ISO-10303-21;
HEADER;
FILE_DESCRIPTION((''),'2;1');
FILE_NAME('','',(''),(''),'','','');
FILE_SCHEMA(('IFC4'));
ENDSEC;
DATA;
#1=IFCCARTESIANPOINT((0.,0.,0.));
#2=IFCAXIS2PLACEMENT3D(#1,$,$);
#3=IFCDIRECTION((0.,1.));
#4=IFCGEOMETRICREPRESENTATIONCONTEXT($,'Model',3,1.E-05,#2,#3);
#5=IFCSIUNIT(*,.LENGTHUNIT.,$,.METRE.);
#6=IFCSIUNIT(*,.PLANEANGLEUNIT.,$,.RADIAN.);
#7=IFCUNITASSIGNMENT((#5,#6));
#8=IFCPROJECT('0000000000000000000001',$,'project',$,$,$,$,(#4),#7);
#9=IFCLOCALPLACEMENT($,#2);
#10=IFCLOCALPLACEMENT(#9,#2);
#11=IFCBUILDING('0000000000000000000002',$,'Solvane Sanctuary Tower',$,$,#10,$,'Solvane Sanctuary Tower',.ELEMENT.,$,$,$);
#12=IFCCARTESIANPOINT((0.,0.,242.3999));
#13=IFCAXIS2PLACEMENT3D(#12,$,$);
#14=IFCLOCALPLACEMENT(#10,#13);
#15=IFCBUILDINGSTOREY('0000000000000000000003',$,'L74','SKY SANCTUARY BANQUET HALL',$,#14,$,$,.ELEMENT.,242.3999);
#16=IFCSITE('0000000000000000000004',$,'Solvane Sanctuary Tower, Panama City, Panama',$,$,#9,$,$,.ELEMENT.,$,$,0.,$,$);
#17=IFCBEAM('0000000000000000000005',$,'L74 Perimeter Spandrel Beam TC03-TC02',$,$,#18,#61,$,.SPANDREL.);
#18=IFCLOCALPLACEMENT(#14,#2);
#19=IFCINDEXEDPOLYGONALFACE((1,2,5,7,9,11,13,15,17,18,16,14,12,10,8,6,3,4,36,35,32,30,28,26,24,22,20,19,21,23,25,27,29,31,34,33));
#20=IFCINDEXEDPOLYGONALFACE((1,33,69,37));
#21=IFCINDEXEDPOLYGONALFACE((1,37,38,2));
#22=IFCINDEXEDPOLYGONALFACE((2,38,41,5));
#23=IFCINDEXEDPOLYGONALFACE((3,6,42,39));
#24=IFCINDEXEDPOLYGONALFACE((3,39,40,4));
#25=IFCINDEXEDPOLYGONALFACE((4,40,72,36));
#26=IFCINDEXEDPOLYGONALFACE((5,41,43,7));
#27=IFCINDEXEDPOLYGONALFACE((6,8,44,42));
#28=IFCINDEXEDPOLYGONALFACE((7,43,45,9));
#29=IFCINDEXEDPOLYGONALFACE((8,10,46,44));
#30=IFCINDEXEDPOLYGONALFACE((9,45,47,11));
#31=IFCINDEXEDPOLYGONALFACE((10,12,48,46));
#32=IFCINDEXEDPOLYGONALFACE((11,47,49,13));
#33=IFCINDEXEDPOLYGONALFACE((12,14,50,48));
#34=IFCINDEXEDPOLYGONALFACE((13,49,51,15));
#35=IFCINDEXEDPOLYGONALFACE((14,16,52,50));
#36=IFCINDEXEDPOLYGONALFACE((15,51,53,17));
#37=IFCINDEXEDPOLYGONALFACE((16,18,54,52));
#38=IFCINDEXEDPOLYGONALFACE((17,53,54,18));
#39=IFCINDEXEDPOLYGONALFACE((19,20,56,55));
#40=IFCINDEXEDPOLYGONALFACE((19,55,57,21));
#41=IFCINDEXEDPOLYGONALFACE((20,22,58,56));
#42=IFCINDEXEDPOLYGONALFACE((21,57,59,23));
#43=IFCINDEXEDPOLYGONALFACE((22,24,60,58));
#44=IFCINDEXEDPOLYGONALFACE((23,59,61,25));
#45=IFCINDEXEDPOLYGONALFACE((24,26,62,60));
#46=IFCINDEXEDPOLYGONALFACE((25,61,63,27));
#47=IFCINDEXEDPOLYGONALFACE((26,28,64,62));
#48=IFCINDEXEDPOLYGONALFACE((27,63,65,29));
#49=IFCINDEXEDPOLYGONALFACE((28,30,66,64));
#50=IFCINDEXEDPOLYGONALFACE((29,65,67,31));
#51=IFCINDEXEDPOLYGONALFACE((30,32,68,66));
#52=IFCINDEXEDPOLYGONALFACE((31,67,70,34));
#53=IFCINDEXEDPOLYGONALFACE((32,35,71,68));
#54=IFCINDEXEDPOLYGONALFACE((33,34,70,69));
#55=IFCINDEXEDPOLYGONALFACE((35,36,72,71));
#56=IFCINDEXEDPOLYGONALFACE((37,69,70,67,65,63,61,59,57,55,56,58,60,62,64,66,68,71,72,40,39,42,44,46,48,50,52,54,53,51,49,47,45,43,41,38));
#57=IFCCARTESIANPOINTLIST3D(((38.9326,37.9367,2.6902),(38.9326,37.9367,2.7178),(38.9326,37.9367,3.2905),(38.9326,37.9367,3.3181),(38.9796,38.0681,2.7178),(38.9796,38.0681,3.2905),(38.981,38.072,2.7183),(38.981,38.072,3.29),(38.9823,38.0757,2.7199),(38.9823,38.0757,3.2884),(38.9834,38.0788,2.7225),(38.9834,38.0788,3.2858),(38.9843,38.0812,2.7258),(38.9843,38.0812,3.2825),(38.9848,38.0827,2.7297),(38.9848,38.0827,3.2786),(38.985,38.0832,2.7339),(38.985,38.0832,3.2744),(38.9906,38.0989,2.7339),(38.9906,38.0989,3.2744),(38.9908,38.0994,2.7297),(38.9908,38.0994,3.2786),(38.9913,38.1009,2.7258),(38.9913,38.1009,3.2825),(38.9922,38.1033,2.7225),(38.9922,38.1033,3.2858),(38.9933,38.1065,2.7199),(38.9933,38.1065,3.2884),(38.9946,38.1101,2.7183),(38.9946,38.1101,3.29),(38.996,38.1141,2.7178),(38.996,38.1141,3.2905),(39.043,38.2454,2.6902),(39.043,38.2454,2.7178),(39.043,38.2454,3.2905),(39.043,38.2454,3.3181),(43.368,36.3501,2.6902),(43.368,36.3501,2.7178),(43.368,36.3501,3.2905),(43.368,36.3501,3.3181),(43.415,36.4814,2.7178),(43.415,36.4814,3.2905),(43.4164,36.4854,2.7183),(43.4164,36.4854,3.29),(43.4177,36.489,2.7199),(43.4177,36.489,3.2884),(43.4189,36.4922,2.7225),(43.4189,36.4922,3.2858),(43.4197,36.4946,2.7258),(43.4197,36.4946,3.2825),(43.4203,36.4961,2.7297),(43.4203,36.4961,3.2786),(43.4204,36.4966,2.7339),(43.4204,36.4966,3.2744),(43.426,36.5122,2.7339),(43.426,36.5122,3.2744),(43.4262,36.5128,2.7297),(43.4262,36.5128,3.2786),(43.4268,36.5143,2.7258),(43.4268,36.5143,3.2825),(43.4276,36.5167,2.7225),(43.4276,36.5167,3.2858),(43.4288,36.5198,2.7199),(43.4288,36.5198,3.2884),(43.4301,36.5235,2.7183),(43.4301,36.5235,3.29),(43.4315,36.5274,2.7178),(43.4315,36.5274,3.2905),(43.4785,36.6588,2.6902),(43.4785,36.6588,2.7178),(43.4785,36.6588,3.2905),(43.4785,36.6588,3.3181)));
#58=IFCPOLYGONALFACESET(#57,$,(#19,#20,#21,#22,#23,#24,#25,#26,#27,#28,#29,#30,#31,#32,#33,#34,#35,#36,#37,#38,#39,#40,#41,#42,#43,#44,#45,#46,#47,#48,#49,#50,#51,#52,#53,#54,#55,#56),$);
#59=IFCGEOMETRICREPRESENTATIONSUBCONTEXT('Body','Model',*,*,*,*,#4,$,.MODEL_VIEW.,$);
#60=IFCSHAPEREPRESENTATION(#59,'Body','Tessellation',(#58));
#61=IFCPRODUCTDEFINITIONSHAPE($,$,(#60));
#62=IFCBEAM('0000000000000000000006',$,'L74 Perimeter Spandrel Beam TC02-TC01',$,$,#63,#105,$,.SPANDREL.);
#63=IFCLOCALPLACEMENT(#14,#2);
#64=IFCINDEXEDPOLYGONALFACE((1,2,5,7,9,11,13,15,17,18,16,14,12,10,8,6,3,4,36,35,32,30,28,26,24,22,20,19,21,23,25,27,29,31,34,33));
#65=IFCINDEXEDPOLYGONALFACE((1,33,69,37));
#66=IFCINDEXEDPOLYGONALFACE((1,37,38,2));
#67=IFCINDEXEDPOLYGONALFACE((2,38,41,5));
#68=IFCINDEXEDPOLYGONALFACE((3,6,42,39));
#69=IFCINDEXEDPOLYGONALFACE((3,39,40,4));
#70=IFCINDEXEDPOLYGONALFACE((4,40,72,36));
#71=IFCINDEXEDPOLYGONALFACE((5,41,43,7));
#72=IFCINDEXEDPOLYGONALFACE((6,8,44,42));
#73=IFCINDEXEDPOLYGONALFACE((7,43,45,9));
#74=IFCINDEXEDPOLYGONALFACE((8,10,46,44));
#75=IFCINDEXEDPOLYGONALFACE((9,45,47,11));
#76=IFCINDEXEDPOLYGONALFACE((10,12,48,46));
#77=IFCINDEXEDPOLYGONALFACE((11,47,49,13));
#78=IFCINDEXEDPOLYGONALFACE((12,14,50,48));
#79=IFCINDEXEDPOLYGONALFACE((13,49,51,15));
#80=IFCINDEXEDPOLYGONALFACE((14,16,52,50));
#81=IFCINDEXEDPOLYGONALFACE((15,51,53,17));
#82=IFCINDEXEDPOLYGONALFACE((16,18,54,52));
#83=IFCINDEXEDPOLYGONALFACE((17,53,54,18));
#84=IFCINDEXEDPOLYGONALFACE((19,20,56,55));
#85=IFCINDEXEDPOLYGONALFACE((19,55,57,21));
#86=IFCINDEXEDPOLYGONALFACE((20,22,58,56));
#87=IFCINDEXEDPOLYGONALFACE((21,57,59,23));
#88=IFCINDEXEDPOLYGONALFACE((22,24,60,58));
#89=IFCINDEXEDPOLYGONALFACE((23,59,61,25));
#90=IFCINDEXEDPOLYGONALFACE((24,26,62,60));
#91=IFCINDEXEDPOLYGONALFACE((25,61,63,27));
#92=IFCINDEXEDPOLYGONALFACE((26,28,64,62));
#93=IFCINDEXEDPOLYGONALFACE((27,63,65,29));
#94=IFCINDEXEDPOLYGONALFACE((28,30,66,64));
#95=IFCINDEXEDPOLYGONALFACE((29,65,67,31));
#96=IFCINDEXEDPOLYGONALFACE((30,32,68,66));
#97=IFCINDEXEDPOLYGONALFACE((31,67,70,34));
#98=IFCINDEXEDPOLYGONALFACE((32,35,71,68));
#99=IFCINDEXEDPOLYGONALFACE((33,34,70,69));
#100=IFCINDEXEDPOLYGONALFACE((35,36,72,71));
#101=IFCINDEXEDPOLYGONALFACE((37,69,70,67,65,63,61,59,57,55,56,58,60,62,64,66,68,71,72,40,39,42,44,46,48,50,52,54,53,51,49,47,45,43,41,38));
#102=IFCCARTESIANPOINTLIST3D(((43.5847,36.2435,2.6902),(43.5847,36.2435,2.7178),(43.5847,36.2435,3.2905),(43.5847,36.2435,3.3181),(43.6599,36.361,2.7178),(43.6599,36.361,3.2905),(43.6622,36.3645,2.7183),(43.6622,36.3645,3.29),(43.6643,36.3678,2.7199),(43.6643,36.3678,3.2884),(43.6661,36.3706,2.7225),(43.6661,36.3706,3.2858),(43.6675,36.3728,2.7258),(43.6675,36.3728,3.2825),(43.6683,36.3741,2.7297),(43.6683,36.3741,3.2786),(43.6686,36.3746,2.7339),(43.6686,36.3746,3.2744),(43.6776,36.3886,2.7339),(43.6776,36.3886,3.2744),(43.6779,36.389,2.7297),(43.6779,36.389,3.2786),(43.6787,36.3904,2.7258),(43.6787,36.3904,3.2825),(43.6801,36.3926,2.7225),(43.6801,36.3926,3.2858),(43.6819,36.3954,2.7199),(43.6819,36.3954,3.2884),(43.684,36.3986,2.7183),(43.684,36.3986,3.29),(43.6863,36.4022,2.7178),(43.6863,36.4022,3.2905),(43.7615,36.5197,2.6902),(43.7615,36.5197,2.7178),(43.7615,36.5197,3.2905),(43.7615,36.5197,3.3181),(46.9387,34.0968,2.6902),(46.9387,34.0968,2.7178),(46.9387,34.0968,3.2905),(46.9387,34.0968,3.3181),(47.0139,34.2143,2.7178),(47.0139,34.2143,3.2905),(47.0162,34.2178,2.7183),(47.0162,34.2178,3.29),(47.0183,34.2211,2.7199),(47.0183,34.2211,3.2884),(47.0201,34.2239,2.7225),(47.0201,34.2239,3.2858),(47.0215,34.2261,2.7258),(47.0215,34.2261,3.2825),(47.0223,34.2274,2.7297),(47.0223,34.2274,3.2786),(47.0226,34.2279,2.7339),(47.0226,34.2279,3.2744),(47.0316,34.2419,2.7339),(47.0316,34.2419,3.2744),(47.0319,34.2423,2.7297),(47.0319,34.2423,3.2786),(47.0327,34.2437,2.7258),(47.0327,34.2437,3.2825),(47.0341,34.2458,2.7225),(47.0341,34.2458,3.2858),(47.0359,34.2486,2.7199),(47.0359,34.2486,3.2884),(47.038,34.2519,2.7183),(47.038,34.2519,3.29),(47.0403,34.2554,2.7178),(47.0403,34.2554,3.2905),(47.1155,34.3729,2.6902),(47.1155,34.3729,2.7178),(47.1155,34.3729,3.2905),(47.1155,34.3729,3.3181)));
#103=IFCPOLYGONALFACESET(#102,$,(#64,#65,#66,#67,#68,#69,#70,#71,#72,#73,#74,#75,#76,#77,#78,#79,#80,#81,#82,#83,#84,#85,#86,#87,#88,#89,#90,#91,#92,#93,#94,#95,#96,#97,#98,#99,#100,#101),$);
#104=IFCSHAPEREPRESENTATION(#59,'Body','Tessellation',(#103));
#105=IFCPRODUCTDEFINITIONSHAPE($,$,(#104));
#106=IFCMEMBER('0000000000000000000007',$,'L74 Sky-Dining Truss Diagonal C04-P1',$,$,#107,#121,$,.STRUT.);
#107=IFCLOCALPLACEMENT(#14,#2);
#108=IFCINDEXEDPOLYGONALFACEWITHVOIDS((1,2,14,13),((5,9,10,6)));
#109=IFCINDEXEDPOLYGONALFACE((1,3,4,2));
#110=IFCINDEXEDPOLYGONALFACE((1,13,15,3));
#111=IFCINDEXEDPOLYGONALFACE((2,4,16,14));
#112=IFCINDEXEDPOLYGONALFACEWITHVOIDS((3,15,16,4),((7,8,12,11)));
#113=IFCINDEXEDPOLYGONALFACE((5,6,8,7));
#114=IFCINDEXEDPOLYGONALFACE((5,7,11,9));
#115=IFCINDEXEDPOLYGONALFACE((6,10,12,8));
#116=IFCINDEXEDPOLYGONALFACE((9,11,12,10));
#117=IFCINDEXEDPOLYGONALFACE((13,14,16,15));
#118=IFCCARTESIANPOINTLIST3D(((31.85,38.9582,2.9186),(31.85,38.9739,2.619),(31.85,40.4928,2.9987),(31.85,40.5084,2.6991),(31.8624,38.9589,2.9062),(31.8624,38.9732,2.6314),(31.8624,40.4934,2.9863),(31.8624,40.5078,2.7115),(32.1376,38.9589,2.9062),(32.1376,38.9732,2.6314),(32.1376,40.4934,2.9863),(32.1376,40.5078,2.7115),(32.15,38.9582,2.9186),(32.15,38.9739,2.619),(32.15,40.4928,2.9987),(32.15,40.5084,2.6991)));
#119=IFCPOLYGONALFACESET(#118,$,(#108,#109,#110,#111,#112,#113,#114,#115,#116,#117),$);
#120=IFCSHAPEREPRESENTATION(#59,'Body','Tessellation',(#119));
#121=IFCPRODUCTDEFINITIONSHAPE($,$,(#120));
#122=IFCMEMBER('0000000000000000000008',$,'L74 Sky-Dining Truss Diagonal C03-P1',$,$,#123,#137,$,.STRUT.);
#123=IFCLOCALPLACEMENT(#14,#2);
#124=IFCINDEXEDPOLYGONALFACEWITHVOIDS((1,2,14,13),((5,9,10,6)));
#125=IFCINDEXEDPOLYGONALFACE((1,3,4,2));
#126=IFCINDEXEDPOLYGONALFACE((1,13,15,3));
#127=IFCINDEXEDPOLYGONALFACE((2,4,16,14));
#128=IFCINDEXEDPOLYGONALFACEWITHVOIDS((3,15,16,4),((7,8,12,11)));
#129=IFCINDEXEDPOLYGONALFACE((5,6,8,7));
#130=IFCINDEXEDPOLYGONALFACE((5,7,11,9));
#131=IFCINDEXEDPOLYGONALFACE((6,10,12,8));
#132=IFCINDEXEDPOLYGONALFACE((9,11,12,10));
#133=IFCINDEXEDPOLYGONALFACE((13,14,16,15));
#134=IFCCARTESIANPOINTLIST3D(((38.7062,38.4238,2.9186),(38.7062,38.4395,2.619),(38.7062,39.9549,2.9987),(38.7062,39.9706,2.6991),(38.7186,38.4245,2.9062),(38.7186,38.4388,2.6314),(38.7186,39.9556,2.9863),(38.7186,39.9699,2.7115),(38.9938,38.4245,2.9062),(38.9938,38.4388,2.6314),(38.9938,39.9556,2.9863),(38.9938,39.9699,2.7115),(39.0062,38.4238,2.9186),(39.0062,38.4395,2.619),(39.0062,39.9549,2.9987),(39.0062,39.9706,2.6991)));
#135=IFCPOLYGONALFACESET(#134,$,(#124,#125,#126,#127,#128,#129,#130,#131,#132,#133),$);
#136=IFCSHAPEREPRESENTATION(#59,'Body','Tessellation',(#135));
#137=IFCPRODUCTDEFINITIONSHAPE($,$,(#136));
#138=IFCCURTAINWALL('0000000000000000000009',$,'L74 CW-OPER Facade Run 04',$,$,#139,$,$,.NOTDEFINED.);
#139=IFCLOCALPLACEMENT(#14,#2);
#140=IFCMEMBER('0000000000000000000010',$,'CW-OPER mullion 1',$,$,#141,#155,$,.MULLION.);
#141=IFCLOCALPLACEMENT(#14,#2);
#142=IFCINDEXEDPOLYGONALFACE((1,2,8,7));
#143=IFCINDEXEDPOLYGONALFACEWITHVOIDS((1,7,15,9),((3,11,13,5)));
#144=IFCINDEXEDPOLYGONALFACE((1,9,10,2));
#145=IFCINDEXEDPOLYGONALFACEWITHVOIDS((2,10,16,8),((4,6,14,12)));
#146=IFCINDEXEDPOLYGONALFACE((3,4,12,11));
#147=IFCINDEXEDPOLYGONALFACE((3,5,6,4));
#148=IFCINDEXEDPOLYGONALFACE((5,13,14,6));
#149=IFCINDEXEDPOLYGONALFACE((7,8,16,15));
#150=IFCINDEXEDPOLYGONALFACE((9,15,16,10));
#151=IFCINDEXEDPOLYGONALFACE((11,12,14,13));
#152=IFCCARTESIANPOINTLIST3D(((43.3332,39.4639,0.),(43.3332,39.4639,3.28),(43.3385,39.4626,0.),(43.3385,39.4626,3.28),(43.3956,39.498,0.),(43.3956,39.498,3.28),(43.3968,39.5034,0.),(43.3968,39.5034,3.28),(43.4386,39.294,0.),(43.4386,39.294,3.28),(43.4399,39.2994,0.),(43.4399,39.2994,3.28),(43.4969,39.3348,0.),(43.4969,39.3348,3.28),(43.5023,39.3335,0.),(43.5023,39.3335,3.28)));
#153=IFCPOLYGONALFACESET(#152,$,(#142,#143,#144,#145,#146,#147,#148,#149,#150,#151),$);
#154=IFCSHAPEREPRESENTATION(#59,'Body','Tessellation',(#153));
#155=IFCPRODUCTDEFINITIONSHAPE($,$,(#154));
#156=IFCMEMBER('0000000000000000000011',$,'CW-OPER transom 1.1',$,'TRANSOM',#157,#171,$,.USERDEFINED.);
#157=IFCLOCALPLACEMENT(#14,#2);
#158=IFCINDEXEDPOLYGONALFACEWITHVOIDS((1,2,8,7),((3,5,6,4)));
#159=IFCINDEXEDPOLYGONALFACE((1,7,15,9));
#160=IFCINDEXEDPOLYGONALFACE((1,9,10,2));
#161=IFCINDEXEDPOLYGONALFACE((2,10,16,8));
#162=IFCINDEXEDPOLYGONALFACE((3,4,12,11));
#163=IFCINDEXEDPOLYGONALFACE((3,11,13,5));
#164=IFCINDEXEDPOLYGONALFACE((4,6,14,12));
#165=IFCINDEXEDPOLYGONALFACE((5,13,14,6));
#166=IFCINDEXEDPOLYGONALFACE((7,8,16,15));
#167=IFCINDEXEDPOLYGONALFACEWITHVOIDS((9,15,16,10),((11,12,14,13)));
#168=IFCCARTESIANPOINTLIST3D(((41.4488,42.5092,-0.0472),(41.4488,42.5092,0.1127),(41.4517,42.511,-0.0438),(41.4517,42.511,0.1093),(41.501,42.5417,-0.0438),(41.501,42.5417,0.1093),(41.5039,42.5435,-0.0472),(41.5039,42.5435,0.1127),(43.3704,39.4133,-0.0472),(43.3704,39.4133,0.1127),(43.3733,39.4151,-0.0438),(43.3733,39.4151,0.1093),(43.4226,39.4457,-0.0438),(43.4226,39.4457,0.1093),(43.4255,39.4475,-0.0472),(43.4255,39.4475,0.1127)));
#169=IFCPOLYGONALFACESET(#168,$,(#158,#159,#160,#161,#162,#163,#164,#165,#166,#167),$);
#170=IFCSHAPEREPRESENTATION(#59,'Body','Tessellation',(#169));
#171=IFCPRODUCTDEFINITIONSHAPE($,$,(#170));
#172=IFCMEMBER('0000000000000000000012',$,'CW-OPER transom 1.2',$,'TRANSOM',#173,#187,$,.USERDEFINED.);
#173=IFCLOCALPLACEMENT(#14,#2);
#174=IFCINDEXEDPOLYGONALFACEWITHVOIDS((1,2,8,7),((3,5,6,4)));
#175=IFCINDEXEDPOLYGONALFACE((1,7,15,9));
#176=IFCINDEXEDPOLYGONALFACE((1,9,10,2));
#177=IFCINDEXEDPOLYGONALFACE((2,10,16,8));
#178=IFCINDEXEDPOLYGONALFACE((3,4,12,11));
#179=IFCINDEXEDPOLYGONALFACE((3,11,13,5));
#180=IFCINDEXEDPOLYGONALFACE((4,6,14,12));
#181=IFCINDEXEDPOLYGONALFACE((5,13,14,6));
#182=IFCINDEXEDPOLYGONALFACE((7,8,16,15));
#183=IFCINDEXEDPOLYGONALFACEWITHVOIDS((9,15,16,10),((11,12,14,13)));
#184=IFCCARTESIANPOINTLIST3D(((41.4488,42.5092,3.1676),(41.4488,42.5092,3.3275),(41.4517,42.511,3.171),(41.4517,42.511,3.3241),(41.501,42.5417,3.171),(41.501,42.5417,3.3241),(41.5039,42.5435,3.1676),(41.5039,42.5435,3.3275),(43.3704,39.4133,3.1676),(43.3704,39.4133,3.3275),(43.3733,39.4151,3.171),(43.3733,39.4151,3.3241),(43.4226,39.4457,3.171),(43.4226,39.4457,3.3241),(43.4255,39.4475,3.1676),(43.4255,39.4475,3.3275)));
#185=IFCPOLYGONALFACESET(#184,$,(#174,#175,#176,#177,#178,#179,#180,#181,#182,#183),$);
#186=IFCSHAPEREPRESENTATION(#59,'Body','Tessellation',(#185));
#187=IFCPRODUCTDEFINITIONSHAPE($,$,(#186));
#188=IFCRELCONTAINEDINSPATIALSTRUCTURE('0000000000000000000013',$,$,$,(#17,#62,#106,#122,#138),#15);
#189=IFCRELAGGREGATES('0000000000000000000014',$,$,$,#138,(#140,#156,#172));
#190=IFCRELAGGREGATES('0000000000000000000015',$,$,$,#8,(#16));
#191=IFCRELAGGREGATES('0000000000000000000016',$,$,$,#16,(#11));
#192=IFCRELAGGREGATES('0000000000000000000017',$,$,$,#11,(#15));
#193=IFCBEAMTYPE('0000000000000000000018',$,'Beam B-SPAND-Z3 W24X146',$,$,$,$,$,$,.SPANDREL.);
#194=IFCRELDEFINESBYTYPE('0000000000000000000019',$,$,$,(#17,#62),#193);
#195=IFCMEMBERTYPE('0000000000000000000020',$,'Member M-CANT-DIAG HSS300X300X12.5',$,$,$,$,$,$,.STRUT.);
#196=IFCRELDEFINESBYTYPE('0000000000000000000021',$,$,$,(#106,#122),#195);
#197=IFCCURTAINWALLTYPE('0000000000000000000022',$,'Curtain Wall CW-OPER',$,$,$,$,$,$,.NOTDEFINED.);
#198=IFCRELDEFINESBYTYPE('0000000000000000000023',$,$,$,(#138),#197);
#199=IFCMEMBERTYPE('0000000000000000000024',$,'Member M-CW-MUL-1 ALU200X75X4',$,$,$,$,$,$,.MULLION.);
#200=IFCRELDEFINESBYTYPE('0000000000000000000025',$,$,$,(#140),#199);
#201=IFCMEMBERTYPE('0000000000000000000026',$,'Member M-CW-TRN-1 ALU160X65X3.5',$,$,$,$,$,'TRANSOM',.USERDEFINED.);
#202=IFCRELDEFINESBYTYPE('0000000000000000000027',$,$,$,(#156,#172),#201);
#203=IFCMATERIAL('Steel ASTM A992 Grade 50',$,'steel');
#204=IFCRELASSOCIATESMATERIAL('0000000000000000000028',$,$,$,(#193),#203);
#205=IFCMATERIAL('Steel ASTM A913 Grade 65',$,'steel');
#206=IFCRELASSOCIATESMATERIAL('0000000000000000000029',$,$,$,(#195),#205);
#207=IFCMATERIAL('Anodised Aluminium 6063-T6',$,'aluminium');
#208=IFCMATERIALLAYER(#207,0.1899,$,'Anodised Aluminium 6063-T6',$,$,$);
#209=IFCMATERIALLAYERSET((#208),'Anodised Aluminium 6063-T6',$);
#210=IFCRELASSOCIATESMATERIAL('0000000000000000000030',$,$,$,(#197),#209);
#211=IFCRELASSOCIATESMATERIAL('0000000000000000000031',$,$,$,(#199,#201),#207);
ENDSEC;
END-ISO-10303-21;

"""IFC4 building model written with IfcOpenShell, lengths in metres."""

from ifc_helpers import new_model, si_unit, direction, frame, origin, origin_2d, place, context, subcontext, project, spatial, hollow_rectangle, i_section, extrude, material, layer, layer_set, material_profile, profile_set, type_object, element, aggregate, save


model = new_model("IFC4")

# Units and contexts
model_context = context("Model", 3, precision=1e-05, world=origin(), true_north=direction((0.0, 1.0)))
body_context = subcontext(model_context, "Body", "Model", "MODEL_VIEW")
ifc_project = project(units=[si_unit("LENGTHUNIT", "METRE"), si_unit("PLANEANGLEUNIT", "RADIAN")], contexts=[model_context])

# Site, building, storey
site_placement = place(None, origin())
site = spatial("IfcSite", under=ifc_project, at=site_placement, Name="Solvane Sanctuary Tower, Panama City, Panama", CompositionType="ELEMENT", RefElevation=0.0)
building_placement = place(site_placement, origin())
building = spatial("IfcBuilding", under=site, at=building_placement, Name="Solvane Sanctuary Tower", LongName="Solvane Sanctuary Tower", CompositionType="ELEMENT")
storey_placement = place(building_placement, frame((0.0, 0.0, 242.3999)))
storey = spatial("IfcBuildingStorey", under=building, at=storey_placement, Name="L74", Description="SKY SANCTUARY BANQUET HALL", CompositionType="ELEMENT", Elevation=242.3999)

# Shared definitions
ifc_material_1 = material(Name="Steel ASTM A913 Grade 65", Category="steel")

# Beams
ifc_material_2 = material(Name="Steel ASTM A992 Grade 50", Category="steel")
ifc_material_profile_1 = material_profile(ifc_material_2, i_section(OverallWidth=0.3279, OverallDepth=0.6279, WebThickness=0.0166, FlangeThickness=0.0276, FilletRadius=0.0161, at=origin_2d()), Name="W24X146")
ifc_profile_set_1 = profile_set([ifc_material_profile_1], Name="Steel ASTM A992 Grade 50")
beam_type_1 = type_object("IfcBeamType", Name="Beam B-SPAND-Z3 W24X146", PredefinedType="SPANDREL", material=ifc_profile_set_1)
beam_1_placement = place(storey_placement, frame((38.9878, 38.0911, 3.0042), z_axis=(0.941571, -0.336816, 0.0), x_axis=(0.336816, 0.941571, 0.0)))
element("IfcBeam", 1, at=beam_1_placement, inside=storey, type_object=beam_type_1, Name="L74 Perimeter Spandrel Beam TC03-TC02", PredefinedType="SPANDREL", context=body_context, shape_type="SweptSolid", body=[
    extrude(i_section(OverallWidth=0.3279, OverallDepth=0.6279, WebThickness=0.0166, FlangeThickness=0.0276, FilletRadius=0.0161, at=origin_2d()), origin(), (0.0, 0.0, 1.0), 4.7107),
])
beam_2_placement = place(storey_placement, frame((43.6731, 36.3816, 3.0042), z_axis=(0.842252, -0.539083, 0.0), x_axis=(0.539083, 0.842252, 0.0)))
element("IfcBeam", 2, at=beam_2_placement, inside=storey, type_object=beam_type_1, Name="L74 Perimeter Spandrel Beam TC02-TC01", PredefinedType="SPANDREL", context=body_context, shape_type="SweptSolid", body=[
    extrude(i_section(OverallWidth=0.3279, OverallDepth=0.6279, WebThickness=0.0166, FlangeThickness=0.0276, FilletRadius=0.0161, at=origin_2d()), origin(), (0.0, 0.0, 1.0), 3.9822),
])

# Members
ifc_material_profile_2 = material_profile(ifc_material_1, hollow_rectangle(XDim=0.3, YDim=0.3, WallThickness=0.0125, at=origin_2d()), Name="HSS300X300X12.5")
ifc_profile_set_2 = profile_set([ifc_material_profile_2], Name="Steel ASTM A913 Grade 65")
member_type_1 = type_object("IfcMemberType", Name="Member M-CANT-DIAG HSS300X300X12.5", PredefinedType="STRUT", material=ifc_profile_set_2)
member_1_placement = place(storey_placement, frame((32.0, 38.9661, 2.7688), z_axis=(0.0, 0.998641, 0.052117), x_axis=(-1.0, 0.0, 0.0)))
element("IfcMember", 3, at=member_1_placement, inside=storey, type_object=member_type_1, Name="L74 Sky-Dining Truss Diagonal C04-P1", PredefinedType="STRUT", context=body_context, shape_type="SweptSolid", body=[
    extrude(hollow_rectangle(XDim=0.3, YDim=0.3, WallThickness=0.0125, at=origin_2d()), origin(), (0.0, 0.0, 1.0), 1.5366),
])
member_2_placement = place(storey_placement, frame((38.8562, 38.4316, 2.7688), z_axis=(0.0, 0.998635, 0.052233), x_axis=(-1.0, 0.0, 0.0)))
element("IfcMember", 4, at=member_2_placement, inside=storey, type_object=member_type_1, Name="L74 Sky-Dining Truss Diagonal C03-P1", PredefinedType="STRUT", context=body_context, shape_type="SweptSolid", body=[
    extrude(hollow_rectangle(XDim=0.3, YDim=0.3, WallThickness=0.0125, at=origin_2d()), origin(), (0.0, 0.0, 1.0), 1.5332),
])

# Curtain wall, members
ifc_material_3 = material(Name="Anodised Aluminium 6063-T6", Category="aluminium")
ifc_layer_1 = layer(ifc_material_3, 0.1899, Name="Anodised Aluminium 6063-T6")
ifc_layer_set_1 = layer_set([ifc_layer_1], Name="Anodised Aluminium 6063-T6")
curtain_wall_type = type_object("IfcCurtainWallType", Name="Curtain Wall CW-OPER", PredefinedType="NOTDEFINED", material=ifc_layer_set_1)
curtain_wall_placement = place(storey_placement, origin())
curtain_wall = element("IfcCurtainWall", 5, at=curtain_wall_placement, inside=storey, type_object=curtain_wall_type, Name="L74 CW-OPER Facade Run 04", PredefinedType="NOTDEFINED")
ifc_material_profile_3 = material_profile(ifc_material_3, hollow_rectangle(XDim=0.075, YDim=0.2, WallThickness=0.0039, at=origin_2d()), Name="ALU200X75X4")
ifc_profile_set_3 = profile_set([ifc_material_profile_3], Name="Anodised Aluminium 6063-T6")
member_type_2 = type_object("IfcMemberType", Name="Member M-CW-MUL-1 ALU200X75X4", PredefinedType="MULLION", material=ifc_profile_set_3)
member_3_placement = place(storey_placement, frame((43.4177, 39.3987, 0.0), z_axis=(0.0, 0.0, 1.0), x_axis=(-0.849622, -0.527392, 0.0)))
member_3 = element("IfcMember", 6, at=member_3_placement, type_object=member_type_2, Name="CW-OPER mullion 1", PredefinedType="MULLION", context=body_context, shape_type="SweptSolid", body=[
    extrude(hollow_rectangle(XDim=0.075, YDim=0.2, WallThickness=0.0039, at=origin_2d()), origin(), (0.0, 0.0, 1.0), 3.28),
])
ifc_material_profile_4 = material_profile(ifc_material_3, hollow_rectangle(XDim=0.0649, YDim=0.1599, WallThickness=0.0034, at=origin_2d()), Name="ALU160X65X3.5")
ifc_profile_set_4 = profile_set([ifc_material_profile_4], Name="Anodised Aluminium 6063-T6")
member_type_3 = type_object("IfcMemberType", Name="Member M-CW-TRN-1 ALU160X65X3.5", ElementType="TRANSOM", PredefinedType="USERDEFINED", material=ifc_profile_set_4)
member_4_placement = place(storey_placement, frame((43.3979, 39.4304, 0.0327), z_axis=(-0.527365, 0.849639, 0.0), x_axis=(-0.849639, -0.527365, 0.0)))
member_4 = element("IfcMember", 7, at=member_4_placement, type_object=member_type_3, Name="CW-OPER transom 1.1", ObjectType="TRANSOM", PredefinedType="USERDEFINED", context=body_context, shape_type="SweptSolid", body=[
    extrude(hollow_rectangle(XDim=0.0649, YDim=0.1599, WallThickness=0.0034, at=origin_2d()), origin(), (0.0, 0.0, 1.0), 3.6438),
])
member_5_placement = place(storey_placement, frame((43.3979, 39.4304, 3.2476), z_axis=(-0.527365, 0.849639, 0.0), x_axis=(-0.849639, -0.527365, 0.0)))
member_5 = element("IfcMember", 8, at=member_5_placement, type_object=member_type_3, Name="CW-OPER transom 1.2", ObjectType="TRANSOM", PredefinedType="USERDEFINED", context=body_context, shape_type="SweptSolid", body=[
    extrude(hollow_rectangle(XDim=0.0649, YDim=0.1599, WallThickness=0.0034, at=origin_2d()), origin(), (0.0, 0.0, 1.0), 3.6438),
])
aggregate(curtain_wall, [member_3, member_4, member_5])

save(model, "model.ifc")
